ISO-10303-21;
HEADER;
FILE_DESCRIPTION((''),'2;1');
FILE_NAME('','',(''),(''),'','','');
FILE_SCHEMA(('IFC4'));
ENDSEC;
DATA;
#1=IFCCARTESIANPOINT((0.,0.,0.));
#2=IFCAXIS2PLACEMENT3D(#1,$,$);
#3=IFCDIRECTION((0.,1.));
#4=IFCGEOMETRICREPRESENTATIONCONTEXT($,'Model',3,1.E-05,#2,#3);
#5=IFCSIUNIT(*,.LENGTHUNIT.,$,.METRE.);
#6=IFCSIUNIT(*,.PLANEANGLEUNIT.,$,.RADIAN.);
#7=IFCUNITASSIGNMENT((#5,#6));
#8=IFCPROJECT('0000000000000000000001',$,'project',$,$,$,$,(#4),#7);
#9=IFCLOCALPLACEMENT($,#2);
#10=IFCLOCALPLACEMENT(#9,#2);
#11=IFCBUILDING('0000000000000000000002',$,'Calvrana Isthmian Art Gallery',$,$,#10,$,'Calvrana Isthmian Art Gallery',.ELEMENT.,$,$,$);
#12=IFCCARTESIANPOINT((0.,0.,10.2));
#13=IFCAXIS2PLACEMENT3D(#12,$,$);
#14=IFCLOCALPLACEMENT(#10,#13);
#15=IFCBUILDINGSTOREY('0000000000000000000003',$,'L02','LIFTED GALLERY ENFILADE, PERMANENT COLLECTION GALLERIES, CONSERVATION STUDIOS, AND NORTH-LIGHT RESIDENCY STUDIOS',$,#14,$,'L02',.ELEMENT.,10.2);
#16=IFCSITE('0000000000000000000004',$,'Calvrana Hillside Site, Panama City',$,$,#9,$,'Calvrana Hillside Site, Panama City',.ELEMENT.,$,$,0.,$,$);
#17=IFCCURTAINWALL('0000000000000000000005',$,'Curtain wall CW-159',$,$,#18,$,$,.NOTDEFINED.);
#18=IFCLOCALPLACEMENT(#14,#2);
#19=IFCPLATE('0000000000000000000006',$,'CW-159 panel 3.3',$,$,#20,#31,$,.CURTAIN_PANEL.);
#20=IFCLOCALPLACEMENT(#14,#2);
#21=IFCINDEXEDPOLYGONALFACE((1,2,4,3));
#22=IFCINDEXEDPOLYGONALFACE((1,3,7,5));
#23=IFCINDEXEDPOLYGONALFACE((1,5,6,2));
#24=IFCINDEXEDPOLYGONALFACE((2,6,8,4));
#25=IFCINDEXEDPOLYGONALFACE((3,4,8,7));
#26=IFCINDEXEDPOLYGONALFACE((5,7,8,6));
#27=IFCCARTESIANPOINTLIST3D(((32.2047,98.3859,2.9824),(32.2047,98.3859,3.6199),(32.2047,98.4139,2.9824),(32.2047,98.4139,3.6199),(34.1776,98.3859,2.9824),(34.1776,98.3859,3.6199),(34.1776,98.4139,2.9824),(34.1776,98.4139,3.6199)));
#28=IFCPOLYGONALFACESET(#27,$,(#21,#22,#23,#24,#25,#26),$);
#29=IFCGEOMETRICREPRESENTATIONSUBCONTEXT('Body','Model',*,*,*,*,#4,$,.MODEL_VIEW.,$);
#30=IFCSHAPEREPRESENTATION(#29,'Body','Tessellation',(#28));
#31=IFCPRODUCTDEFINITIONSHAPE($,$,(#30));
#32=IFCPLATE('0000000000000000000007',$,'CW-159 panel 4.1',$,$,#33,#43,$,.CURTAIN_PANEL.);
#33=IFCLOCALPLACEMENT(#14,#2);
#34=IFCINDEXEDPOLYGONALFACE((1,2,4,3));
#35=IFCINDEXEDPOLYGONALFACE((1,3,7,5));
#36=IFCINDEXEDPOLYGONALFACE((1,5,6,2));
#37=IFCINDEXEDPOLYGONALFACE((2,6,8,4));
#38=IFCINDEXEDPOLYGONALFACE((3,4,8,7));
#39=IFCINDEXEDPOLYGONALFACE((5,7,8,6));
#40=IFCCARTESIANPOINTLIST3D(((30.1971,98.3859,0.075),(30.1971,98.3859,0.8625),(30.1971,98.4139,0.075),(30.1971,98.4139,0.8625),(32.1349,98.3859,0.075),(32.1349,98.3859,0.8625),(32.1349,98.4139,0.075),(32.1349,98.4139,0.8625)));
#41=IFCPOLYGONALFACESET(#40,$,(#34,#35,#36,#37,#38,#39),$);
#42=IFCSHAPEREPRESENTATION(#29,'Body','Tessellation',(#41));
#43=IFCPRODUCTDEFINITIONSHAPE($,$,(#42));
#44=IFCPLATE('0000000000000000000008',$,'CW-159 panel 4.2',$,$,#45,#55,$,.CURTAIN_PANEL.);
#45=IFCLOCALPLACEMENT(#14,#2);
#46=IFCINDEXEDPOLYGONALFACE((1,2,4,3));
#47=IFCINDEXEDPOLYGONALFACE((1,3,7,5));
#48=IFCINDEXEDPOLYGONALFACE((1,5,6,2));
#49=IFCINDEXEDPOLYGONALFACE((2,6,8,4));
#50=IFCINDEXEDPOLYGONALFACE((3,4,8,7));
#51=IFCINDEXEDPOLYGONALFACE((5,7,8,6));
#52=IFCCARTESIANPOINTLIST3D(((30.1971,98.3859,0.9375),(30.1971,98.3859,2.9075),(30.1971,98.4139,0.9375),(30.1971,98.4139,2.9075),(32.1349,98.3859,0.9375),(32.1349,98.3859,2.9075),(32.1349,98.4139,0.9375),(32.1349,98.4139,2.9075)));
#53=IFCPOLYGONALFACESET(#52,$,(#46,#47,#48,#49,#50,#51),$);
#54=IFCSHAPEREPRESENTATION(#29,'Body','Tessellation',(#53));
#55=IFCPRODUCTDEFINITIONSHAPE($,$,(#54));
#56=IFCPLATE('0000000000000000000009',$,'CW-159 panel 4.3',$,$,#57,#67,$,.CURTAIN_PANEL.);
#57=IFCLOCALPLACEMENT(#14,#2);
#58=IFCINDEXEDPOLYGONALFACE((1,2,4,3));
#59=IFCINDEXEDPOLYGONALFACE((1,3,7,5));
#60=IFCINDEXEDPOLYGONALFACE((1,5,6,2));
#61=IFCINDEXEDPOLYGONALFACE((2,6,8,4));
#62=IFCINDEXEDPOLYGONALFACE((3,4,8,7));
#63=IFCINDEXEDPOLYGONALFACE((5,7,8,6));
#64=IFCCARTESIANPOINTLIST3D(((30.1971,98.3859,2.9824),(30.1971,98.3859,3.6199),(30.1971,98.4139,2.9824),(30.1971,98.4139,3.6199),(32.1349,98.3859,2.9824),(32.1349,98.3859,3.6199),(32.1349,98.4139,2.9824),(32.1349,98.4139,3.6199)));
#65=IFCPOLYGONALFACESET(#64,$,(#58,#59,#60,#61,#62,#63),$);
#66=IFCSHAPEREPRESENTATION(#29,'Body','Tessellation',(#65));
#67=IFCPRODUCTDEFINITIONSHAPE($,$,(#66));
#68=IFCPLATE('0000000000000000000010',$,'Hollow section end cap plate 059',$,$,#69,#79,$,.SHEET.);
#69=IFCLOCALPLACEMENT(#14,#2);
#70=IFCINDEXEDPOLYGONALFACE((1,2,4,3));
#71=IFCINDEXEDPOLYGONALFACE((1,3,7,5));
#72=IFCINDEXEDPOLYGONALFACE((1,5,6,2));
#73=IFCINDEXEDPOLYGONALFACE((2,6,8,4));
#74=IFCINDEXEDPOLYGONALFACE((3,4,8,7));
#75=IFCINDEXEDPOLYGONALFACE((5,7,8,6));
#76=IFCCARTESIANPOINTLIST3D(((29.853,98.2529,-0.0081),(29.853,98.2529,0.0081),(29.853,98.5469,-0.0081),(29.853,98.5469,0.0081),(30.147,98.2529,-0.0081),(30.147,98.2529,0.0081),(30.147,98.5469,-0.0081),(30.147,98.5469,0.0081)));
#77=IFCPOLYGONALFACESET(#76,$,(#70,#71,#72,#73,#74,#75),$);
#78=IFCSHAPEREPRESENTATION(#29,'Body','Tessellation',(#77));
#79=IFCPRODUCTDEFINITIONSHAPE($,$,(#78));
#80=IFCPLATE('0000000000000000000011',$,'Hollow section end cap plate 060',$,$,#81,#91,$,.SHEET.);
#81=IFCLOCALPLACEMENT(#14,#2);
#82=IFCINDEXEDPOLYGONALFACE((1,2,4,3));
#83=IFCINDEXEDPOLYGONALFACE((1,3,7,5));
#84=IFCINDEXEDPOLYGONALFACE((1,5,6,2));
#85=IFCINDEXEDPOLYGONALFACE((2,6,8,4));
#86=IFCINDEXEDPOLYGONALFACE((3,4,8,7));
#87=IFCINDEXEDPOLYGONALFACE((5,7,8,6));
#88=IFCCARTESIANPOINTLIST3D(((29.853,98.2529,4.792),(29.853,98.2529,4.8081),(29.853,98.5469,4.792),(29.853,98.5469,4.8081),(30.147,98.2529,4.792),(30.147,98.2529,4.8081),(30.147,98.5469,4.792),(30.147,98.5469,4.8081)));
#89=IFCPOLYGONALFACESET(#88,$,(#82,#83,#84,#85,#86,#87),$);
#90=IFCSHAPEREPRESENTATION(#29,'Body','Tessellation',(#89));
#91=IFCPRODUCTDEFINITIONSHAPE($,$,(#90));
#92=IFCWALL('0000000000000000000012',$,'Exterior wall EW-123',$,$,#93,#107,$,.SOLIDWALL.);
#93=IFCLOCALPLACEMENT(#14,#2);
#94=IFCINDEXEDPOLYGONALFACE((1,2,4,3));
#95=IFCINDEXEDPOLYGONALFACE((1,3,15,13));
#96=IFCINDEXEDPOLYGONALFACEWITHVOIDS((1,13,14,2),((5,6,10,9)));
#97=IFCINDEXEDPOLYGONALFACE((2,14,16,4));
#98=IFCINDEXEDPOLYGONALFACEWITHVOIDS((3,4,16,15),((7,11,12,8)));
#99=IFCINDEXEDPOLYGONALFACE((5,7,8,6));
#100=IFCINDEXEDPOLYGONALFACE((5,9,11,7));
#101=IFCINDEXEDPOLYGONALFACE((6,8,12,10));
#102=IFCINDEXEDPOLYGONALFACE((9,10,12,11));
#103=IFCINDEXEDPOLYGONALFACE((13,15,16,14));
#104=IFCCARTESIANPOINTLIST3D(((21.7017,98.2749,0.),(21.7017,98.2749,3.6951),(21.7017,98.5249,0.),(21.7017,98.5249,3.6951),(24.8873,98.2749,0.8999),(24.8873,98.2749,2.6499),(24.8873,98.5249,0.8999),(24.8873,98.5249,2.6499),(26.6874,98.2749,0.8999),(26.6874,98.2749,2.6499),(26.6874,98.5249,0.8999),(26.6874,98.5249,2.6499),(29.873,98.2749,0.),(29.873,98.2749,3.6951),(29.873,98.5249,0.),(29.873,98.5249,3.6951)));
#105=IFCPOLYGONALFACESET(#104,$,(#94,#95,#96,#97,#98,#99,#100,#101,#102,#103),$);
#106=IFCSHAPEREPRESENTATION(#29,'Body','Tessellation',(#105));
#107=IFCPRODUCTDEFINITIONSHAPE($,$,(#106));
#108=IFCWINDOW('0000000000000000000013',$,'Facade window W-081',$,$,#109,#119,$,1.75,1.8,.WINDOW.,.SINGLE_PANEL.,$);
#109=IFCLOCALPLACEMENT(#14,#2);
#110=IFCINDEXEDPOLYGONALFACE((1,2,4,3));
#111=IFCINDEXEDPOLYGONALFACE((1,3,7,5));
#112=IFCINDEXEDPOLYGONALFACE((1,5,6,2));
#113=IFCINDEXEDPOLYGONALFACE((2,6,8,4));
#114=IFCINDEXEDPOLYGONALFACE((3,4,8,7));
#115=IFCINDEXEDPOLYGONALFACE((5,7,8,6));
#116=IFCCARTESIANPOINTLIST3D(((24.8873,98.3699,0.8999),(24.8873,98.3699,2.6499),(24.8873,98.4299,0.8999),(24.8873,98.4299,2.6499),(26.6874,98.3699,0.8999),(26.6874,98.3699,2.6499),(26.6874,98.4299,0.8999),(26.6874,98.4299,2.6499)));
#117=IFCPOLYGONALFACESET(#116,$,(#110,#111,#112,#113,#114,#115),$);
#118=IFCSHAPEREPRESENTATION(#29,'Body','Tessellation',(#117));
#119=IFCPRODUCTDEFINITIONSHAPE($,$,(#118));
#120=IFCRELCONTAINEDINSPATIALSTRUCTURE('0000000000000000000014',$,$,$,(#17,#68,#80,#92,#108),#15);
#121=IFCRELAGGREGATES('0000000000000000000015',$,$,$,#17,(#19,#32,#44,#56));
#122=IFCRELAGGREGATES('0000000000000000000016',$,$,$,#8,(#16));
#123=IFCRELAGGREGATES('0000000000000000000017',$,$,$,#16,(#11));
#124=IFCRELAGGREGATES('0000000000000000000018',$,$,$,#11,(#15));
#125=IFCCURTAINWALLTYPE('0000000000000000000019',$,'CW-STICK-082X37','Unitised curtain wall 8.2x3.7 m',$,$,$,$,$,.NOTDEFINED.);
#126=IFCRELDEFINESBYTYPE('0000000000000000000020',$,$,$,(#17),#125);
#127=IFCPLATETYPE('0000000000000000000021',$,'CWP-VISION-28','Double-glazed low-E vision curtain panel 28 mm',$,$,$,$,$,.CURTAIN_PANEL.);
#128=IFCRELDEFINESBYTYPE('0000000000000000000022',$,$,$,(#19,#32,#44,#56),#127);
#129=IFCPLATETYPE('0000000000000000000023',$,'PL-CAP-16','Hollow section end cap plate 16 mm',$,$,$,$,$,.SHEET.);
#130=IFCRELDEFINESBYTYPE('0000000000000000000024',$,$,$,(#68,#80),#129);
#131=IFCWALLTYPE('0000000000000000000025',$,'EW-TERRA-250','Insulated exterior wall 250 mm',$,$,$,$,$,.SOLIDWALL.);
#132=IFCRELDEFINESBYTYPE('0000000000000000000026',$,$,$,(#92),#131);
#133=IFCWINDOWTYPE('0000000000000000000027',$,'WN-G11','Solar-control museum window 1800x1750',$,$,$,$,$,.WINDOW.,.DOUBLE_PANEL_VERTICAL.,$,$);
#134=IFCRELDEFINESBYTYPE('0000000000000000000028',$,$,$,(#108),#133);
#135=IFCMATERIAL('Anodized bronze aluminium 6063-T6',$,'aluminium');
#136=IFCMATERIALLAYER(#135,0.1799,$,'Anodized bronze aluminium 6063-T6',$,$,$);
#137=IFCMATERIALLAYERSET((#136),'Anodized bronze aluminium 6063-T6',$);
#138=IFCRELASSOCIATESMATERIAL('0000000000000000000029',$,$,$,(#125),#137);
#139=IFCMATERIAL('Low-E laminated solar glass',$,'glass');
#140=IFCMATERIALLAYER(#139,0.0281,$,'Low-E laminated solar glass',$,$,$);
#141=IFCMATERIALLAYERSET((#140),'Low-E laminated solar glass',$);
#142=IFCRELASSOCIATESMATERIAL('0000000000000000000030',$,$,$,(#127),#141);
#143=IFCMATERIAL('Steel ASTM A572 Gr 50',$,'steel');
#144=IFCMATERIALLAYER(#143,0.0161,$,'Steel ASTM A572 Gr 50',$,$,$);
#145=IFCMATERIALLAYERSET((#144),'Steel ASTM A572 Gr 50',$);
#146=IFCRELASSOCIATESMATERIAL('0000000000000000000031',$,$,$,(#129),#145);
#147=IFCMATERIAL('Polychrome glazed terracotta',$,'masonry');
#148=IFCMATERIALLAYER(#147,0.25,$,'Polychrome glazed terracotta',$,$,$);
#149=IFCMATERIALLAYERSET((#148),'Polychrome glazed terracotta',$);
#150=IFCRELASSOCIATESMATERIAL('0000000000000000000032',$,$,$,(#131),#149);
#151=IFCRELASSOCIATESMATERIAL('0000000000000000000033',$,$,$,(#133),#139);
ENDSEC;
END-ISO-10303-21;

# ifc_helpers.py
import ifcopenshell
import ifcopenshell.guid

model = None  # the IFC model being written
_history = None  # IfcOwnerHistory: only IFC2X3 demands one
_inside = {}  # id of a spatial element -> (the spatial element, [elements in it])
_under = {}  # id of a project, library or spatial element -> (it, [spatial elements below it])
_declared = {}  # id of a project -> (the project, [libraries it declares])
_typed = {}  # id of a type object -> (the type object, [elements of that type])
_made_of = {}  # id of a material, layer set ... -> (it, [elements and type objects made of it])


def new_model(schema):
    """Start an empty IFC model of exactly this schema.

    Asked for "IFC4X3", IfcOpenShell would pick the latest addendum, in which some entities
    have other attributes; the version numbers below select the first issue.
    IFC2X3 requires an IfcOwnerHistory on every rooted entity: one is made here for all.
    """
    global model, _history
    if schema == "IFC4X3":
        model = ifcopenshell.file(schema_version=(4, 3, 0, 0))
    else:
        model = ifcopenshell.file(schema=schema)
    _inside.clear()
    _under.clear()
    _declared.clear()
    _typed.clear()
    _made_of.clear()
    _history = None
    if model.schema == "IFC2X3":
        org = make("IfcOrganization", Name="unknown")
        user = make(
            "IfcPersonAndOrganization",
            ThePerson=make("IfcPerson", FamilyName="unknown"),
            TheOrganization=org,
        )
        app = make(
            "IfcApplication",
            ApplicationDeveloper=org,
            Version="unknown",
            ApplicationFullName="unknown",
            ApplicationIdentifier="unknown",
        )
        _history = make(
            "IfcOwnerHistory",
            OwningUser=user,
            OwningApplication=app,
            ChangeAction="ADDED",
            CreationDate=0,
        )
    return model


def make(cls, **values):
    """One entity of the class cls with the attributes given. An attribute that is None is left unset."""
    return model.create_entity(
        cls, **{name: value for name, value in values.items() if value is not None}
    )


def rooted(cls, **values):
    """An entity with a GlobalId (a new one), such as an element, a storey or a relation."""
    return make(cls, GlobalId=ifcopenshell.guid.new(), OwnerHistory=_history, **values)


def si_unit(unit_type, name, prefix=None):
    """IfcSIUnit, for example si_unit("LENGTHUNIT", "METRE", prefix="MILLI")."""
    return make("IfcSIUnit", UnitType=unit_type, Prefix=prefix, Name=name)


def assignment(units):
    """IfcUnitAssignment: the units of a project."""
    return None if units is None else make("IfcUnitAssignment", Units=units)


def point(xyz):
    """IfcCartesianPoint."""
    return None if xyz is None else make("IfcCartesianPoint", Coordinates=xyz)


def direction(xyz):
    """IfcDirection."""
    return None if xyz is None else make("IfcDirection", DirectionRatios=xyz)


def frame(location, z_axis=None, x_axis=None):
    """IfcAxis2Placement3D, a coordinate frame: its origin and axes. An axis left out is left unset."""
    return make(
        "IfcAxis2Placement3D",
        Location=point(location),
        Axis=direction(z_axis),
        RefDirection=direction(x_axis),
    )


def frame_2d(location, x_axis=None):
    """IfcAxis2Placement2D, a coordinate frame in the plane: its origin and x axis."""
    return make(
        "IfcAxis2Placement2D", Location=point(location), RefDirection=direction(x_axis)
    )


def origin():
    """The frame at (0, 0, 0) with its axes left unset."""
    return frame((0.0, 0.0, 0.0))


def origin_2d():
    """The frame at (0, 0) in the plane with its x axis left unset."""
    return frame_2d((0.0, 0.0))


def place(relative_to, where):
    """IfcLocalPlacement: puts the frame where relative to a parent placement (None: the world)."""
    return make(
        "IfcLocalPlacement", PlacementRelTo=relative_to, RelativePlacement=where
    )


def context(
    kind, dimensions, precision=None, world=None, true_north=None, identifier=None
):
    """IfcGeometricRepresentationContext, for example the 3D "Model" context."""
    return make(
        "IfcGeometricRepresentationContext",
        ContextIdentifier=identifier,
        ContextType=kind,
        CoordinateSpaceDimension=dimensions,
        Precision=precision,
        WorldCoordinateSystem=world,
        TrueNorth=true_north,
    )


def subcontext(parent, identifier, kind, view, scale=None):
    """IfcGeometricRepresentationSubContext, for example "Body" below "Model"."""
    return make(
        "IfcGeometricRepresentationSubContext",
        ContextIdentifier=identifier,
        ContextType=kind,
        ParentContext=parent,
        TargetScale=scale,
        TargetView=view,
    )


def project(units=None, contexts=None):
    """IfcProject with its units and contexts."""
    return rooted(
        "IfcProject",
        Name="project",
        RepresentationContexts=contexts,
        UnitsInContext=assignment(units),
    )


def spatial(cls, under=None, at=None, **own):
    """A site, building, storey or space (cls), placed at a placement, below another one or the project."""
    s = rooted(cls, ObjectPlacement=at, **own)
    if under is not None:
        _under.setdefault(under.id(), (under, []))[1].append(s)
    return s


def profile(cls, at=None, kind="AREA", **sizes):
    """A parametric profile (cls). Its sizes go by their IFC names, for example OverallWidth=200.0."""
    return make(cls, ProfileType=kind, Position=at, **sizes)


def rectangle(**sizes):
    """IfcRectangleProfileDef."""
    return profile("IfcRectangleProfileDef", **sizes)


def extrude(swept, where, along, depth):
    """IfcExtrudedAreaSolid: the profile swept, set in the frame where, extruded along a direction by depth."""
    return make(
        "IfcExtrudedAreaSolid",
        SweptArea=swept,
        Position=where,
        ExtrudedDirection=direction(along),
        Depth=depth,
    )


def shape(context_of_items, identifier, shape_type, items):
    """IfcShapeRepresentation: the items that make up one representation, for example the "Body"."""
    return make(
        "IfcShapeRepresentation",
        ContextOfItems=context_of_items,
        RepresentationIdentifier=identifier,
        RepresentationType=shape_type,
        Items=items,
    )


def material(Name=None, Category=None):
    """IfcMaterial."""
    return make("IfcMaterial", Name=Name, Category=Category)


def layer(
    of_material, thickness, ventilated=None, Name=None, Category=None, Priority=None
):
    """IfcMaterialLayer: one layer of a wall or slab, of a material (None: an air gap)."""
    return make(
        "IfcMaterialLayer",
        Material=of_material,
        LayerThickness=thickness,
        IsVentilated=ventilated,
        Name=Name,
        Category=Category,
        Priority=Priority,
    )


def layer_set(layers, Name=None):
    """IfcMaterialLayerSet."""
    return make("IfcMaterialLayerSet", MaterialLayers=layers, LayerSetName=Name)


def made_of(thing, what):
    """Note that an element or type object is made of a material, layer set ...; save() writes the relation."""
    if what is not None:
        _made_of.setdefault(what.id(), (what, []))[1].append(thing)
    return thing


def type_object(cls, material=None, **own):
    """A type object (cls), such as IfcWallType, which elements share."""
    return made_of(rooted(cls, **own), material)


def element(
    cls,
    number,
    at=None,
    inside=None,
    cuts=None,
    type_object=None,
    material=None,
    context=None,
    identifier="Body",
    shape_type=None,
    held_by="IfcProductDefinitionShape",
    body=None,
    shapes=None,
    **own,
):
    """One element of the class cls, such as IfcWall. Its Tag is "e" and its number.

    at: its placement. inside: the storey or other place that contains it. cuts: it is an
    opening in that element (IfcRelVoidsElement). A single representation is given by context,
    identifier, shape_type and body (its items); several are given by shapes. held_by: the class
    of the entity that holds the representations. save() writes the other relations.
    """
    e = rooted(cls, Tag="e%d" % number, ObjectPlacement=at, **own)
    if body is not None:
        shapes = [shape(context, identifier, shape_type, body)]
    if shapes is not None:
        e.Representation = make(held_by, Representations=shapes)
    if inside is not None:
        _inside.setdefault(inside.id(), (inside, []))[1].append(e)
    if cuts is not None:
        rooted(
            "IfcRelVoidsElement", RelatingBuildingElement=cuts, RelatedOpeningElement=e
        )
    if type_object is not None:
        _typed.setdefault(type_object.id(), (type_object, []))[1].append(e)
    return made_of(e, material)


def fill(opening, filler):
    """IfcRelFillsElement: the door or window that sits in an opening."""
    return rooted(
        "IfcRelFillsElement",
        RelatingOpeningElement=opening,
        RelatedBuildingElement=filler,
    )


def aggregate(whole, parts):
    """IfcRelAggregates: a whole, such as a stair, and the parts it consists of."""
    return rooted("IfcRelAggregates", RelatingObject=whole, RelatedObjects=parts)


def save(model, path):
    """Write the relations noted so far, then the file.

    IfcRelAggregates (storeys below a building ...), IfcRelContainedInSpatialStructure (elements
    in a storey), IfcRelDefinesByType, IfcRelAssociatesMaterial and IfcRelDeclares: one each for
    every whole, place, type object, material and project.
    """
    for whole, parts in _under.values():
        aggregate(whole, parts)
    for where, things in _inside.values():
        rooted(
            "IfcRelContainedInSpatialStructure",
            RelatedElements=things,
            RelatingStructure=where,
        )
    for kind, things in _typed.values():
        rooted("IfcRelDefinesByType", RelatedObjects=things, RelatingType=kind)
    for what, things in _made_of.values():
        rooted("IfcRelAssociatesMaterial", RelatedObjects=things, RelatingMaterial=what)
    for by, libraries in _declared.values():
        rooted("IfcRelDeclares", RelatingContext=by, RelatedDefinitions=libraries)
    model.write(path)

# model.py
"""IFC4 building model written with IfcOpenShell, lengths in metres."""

from ifc_helpers import new_model, si_unit, direction, frame, frame_2d, origin, origin_2d, place, context, subcontext, project, spatial, rectangle, extrude, material, layer, layer_set, type_object, element, fill, aggregate, save


model = new_model("IFC4")

# Units and contexts
model_context = context("Model", 3, precision=1e-05, world=origin(), true_north=direction((0.0, 1.0)))
body_context = subcontext(model_context, "Body", "Model", "MODEL_VIEW")
ifc_project = project(units=[si_unit("LENGTHUNIT", "METRE"), si_unit("PLANEANGLEUNIT", "RADIAN")], contexts=[model_context])

# Site, building, storey
site_placement = place(None, origin())
site = spatial("IfcSite", under=ifc_project, at=site_placement, Name="Calvrana Hillside Site, Panama City", LongName="Calvrana Hillside Site, Panama City", CompositionType="ELEMENT", RefElevation=0.0)
building_placement = place(site_placement, origin())
building = spatial("IfcBuilding", under=site, at=building_placement, Name="Calvrana Isthmian Art Gallery", LongName="Calvrana Isthmian Art Gallery", CompositionType="ELEMENT")
storey_placement = place(building_placement, frame((0.0, 0.0, 10.2)))
storey = spatial("IfcBuildingStorey", under=building, at=storey_placement, Name="L02", Description="LIFTED GALLERY ENFILADE, PERMANENT COLLECTION GALLERIES, CONSERVATION STUDIOS, AND NORTH-LIGHT RESIDENCY STUDIOS", LongName="L02", CompositionType="ELEMENT", Elevation=10.2)

# Curtain wall, plates
ifc_material_1 = material(Name="Anodized bronze aluminium 6063-T6", Category="aluminium")
ifc_layer_1 = layer(ifc_material_1, 0.1799, Name="Anodized bronze aluminium 6063-T6")
ifc_layer_set_1 = layer_set([ifc_layer_1], Name="Anodized bronze aluminium 6063-T6")
curtain_wall_type = type_object("IfcCurtainWallType", Name="CW-STICK-082X37", Description="Unitised curtain wall 8.2x3.7 m", PredefinedType="NOTDEFINED", material=ifc_layer_set_1)
curtain_wall_placement = place(storey_placement, origin())
curtain_wall = element("IfcCurtainWall", 1, at=curtain_wall_placement, inside=storey, type_object=curtain_wall_type, Name="Curtain wall CW-159", PredefinedType="NOTDEFINED")
ifc_material_2 = material(Name="Low-E laminated solar glass", Category="glass")
ifc_layer_2 = layer(ifc_material_2, 0.0281, Name="Low-E laminated solar glass")
ifc_layer_set_2 = layer_set([ifc_layer_2], Name="Low-E laminated solar glass")
plate_type_1 = type_object("IfcPlateType", Name="CWP-VISION-28", Description="Double-glazed low-E vision curtain panel 28 mm", PredefinedType="CURTAIN_PANEL", material=ifc_layer_set_2)
plate_1_placement = place(storey_placement, frame((33.1912, 98.3999, 2.9824), z_axis=(0.0, 0.0, 1.0), x_axis=(-1.0, 0.0, 0.0)))
plate_1 = element("IfcPlate", 2, at=plate_1_placement, type_object=plate_type_1, Name="CW-159 panel 3.3", PredefinedType="CURTAIN_PANEL", context=body_context, shape_type="SweptSolid", body=[
    extrude(rectangle(XDim=1.9729, YDim=0.0281, at=origin_2d()), origin(), (0.0, 0.0, 1.0), 0.6375),
])
plate_2_placement = place(storey_placement, frame((31.166, 98.3999, 0.075), z_axis=(0.0, 0.0, 1.0), x_axis=(-1.0, 0.0, 0.0)))
plate_2 = element("IfcPlate", 3, at=plate_2_placement, type_object=plate_type_1, Name="CW-159 panel 4.1", PredefinedType="CURTAIN_PANEL", context=body_context, shape_type="SweptSolid", body=[
    extrude(rectangle(XDim=1.9377, YDim=0.0281, at=origin_2d()), origin(), (0.0, 0.0, 1.0), 0.7876),
])
plate_3_placement = place(storey_placement, frame((31.166, 98.3999, 0.9375), z_axis=(0.0, 0.0, 1.0), x_axis=(-1.0, 0.0, 0.0)))
plate_3 = element("IfcPlate", 4, at=plate_3_placement, type_object=plate_type_1, Name="CW-159 panel 4.2", PredefinedType="CURTAIN_PANEL", context=body_context, shape_type="SweptSolid", body=[
    extrude(rectangle(XDim=1.9377, YDim=0.0281, at=origin_2d()), origin(), (0.0, 0.0, 1.0), 1.97),
])
plate_4_placement = place(storey_placement, frame((31.166, 98.3999, 2.9824), z_axis=(0.0, 0.0, 1.0), x_axis=(-1.0, 0.0, 0.0)))
plate_4 = element("IfcPlate", 5, at=plate_4_placement, type_object=plate_type_1, Name="CW-159 panel 4.3", PredefinedType="CURTAIN_PANEL", context=body_context, shape_type="SweptSolid", body=[
    extrude(rectangle(XDim=1.9377, YDim=0.0281, at=origin_2d()), origin(), (0.0, 0.0, 1.0), 0.6375),
])
aggregate(curtain_wall, [plate_1, plate_2, plate_3, plate_4])

# Plates
ifc_material_3 = material(Name="Steel ASTM A572 Gr 50", Category="steel")
ifc_layer_3 = layer(ifc_material_3, 0.0161, Name="Steel ASTM A572 Gr 50")
ifc_layer_set_3 = layer_set([ifc_layer_3], Name="Steel ASTM A572 Gr 50")
plate_type_2 = type_object("IfcPlateType", Name="PL-CAP-16", Description="Hollow section end cap plate 16 mm", PredefinedType="SHEET", material=ifc_layer_set_3)
for number, where, z_axis, x_axis, name in (
    (6, (30.0, 98.3999, -0.0081), (0.0, 0.0, 1.0), (1.0, 0.0, 0.0), "Hollow section end cap plate 059"),
    (7, (30.0, 98.3999, 4.792), (0.0, 0.0, 1.0), (1.0, 0.0, 0.0), "Hollow section end cap plate 060"),
):
    element("IfcPlate", number, at=place(storey_placement, frame(where, z_axis=z_axis, x_axis=x_axis)), inside=storey, type_object=plate_type_2, Name=name, PredefinedType="SHEET", context=body_context, shape_type="SweptSolid", body=[
        extrude(rectangle(XDim=0.2939, YDim=0.2939, at=origin_2d()), origin(), (0.0, 0.0, 1.0), 0.0161),
    ])

# Wall, opening, window
ifc_material_4 = material(Name="Polychrome glazed terracotta", Category="masonry")
ifc_layer_4 = layer(ifc_material_4, 0.25, Name="Polychrome glazed terracotta")
ifc_layer_set_4 = layer_set([ifc_layer_4], Name="Polychrome glazed terracotta")
wall_type = type_object("IfcWallType", Name="EW-TERRA-250", Description="Insulated exterior wall 250 mm", PredefinedType="SOLIDWALL", material=ifc_layer_set_4)
wall_placement = place(storey_placement, frame((29.873, 98.3999, 0.0), z_axis=(0.0, 0.0, 1.0), x_axis=(-1.0, 0.0, 0.0)))
wall = element("IfcWall", 8, at=wall_placement, inside=storey, type_object=wall_type, Name="Exterior wall EW-123", PredefinedType="SOLIDWALL", context=body_context, shape_type="SweptSolid", body=[
    extrude(rectangle(XDim=8.1714, YDim=0.25, at=frame_2d((4.0857, 0.0))), origin(), (0.0, 0.0, 1.0), 3.6951),
])
opening_placement = place(wall_placement, frame((3.1858, 0.0, 0.8999)))
opening = element("IfcOpeningElement", 9, at=opening_placement, cuts=wall, PredefinedType="OPENING", context=body_context, shape_type="SweptSolid", body=[
    extrude(rectangle(XDim=1.8, YDim=1.75, at=frame_2d((0.8999, 0.875))), frame((0.0, 0.1353, 0.0), z_axis=(0.0, -1.0, 0.0), x_axis=(1.0, 0.0, 0.0)), (0.0, 0.0, 1.0), 0.2705),
])
window_type = type_object("IfcWindowType", Name="WN-G11", Description="Solar-control museum window 1800x1750", PartitioningType="DOUBLE_PANEL_VERTICAL", PredefinedType="WINDOW", material=ifc_material_2)
window_placement = place(opening_placement, origin())
window = element("IfcWindow", 10, at=window_placement, inside=storey, type_object=window_type, Name="Facade window W-081", OverallHeight=1.75, OverallWidth=1.8, PartitioningType="SINGLE_PANEL", PredefinedType="WINDOW", context=body_context, shape_type="SweptSolid", body=[
    extrude(rectangle(XDim=1.8, YDim=1.75, at=frame_2d((0.8999, 0.875))), frame((0.0, 0.03, 0.0), z_axis=(0.0, -1.0, 0.0), x_axis=(1.0, 0.0, 0.0)), (0.0, 0.0, 1.0), 0.0601),
])
fill(opening, window)

save(model, "model.ifc")
